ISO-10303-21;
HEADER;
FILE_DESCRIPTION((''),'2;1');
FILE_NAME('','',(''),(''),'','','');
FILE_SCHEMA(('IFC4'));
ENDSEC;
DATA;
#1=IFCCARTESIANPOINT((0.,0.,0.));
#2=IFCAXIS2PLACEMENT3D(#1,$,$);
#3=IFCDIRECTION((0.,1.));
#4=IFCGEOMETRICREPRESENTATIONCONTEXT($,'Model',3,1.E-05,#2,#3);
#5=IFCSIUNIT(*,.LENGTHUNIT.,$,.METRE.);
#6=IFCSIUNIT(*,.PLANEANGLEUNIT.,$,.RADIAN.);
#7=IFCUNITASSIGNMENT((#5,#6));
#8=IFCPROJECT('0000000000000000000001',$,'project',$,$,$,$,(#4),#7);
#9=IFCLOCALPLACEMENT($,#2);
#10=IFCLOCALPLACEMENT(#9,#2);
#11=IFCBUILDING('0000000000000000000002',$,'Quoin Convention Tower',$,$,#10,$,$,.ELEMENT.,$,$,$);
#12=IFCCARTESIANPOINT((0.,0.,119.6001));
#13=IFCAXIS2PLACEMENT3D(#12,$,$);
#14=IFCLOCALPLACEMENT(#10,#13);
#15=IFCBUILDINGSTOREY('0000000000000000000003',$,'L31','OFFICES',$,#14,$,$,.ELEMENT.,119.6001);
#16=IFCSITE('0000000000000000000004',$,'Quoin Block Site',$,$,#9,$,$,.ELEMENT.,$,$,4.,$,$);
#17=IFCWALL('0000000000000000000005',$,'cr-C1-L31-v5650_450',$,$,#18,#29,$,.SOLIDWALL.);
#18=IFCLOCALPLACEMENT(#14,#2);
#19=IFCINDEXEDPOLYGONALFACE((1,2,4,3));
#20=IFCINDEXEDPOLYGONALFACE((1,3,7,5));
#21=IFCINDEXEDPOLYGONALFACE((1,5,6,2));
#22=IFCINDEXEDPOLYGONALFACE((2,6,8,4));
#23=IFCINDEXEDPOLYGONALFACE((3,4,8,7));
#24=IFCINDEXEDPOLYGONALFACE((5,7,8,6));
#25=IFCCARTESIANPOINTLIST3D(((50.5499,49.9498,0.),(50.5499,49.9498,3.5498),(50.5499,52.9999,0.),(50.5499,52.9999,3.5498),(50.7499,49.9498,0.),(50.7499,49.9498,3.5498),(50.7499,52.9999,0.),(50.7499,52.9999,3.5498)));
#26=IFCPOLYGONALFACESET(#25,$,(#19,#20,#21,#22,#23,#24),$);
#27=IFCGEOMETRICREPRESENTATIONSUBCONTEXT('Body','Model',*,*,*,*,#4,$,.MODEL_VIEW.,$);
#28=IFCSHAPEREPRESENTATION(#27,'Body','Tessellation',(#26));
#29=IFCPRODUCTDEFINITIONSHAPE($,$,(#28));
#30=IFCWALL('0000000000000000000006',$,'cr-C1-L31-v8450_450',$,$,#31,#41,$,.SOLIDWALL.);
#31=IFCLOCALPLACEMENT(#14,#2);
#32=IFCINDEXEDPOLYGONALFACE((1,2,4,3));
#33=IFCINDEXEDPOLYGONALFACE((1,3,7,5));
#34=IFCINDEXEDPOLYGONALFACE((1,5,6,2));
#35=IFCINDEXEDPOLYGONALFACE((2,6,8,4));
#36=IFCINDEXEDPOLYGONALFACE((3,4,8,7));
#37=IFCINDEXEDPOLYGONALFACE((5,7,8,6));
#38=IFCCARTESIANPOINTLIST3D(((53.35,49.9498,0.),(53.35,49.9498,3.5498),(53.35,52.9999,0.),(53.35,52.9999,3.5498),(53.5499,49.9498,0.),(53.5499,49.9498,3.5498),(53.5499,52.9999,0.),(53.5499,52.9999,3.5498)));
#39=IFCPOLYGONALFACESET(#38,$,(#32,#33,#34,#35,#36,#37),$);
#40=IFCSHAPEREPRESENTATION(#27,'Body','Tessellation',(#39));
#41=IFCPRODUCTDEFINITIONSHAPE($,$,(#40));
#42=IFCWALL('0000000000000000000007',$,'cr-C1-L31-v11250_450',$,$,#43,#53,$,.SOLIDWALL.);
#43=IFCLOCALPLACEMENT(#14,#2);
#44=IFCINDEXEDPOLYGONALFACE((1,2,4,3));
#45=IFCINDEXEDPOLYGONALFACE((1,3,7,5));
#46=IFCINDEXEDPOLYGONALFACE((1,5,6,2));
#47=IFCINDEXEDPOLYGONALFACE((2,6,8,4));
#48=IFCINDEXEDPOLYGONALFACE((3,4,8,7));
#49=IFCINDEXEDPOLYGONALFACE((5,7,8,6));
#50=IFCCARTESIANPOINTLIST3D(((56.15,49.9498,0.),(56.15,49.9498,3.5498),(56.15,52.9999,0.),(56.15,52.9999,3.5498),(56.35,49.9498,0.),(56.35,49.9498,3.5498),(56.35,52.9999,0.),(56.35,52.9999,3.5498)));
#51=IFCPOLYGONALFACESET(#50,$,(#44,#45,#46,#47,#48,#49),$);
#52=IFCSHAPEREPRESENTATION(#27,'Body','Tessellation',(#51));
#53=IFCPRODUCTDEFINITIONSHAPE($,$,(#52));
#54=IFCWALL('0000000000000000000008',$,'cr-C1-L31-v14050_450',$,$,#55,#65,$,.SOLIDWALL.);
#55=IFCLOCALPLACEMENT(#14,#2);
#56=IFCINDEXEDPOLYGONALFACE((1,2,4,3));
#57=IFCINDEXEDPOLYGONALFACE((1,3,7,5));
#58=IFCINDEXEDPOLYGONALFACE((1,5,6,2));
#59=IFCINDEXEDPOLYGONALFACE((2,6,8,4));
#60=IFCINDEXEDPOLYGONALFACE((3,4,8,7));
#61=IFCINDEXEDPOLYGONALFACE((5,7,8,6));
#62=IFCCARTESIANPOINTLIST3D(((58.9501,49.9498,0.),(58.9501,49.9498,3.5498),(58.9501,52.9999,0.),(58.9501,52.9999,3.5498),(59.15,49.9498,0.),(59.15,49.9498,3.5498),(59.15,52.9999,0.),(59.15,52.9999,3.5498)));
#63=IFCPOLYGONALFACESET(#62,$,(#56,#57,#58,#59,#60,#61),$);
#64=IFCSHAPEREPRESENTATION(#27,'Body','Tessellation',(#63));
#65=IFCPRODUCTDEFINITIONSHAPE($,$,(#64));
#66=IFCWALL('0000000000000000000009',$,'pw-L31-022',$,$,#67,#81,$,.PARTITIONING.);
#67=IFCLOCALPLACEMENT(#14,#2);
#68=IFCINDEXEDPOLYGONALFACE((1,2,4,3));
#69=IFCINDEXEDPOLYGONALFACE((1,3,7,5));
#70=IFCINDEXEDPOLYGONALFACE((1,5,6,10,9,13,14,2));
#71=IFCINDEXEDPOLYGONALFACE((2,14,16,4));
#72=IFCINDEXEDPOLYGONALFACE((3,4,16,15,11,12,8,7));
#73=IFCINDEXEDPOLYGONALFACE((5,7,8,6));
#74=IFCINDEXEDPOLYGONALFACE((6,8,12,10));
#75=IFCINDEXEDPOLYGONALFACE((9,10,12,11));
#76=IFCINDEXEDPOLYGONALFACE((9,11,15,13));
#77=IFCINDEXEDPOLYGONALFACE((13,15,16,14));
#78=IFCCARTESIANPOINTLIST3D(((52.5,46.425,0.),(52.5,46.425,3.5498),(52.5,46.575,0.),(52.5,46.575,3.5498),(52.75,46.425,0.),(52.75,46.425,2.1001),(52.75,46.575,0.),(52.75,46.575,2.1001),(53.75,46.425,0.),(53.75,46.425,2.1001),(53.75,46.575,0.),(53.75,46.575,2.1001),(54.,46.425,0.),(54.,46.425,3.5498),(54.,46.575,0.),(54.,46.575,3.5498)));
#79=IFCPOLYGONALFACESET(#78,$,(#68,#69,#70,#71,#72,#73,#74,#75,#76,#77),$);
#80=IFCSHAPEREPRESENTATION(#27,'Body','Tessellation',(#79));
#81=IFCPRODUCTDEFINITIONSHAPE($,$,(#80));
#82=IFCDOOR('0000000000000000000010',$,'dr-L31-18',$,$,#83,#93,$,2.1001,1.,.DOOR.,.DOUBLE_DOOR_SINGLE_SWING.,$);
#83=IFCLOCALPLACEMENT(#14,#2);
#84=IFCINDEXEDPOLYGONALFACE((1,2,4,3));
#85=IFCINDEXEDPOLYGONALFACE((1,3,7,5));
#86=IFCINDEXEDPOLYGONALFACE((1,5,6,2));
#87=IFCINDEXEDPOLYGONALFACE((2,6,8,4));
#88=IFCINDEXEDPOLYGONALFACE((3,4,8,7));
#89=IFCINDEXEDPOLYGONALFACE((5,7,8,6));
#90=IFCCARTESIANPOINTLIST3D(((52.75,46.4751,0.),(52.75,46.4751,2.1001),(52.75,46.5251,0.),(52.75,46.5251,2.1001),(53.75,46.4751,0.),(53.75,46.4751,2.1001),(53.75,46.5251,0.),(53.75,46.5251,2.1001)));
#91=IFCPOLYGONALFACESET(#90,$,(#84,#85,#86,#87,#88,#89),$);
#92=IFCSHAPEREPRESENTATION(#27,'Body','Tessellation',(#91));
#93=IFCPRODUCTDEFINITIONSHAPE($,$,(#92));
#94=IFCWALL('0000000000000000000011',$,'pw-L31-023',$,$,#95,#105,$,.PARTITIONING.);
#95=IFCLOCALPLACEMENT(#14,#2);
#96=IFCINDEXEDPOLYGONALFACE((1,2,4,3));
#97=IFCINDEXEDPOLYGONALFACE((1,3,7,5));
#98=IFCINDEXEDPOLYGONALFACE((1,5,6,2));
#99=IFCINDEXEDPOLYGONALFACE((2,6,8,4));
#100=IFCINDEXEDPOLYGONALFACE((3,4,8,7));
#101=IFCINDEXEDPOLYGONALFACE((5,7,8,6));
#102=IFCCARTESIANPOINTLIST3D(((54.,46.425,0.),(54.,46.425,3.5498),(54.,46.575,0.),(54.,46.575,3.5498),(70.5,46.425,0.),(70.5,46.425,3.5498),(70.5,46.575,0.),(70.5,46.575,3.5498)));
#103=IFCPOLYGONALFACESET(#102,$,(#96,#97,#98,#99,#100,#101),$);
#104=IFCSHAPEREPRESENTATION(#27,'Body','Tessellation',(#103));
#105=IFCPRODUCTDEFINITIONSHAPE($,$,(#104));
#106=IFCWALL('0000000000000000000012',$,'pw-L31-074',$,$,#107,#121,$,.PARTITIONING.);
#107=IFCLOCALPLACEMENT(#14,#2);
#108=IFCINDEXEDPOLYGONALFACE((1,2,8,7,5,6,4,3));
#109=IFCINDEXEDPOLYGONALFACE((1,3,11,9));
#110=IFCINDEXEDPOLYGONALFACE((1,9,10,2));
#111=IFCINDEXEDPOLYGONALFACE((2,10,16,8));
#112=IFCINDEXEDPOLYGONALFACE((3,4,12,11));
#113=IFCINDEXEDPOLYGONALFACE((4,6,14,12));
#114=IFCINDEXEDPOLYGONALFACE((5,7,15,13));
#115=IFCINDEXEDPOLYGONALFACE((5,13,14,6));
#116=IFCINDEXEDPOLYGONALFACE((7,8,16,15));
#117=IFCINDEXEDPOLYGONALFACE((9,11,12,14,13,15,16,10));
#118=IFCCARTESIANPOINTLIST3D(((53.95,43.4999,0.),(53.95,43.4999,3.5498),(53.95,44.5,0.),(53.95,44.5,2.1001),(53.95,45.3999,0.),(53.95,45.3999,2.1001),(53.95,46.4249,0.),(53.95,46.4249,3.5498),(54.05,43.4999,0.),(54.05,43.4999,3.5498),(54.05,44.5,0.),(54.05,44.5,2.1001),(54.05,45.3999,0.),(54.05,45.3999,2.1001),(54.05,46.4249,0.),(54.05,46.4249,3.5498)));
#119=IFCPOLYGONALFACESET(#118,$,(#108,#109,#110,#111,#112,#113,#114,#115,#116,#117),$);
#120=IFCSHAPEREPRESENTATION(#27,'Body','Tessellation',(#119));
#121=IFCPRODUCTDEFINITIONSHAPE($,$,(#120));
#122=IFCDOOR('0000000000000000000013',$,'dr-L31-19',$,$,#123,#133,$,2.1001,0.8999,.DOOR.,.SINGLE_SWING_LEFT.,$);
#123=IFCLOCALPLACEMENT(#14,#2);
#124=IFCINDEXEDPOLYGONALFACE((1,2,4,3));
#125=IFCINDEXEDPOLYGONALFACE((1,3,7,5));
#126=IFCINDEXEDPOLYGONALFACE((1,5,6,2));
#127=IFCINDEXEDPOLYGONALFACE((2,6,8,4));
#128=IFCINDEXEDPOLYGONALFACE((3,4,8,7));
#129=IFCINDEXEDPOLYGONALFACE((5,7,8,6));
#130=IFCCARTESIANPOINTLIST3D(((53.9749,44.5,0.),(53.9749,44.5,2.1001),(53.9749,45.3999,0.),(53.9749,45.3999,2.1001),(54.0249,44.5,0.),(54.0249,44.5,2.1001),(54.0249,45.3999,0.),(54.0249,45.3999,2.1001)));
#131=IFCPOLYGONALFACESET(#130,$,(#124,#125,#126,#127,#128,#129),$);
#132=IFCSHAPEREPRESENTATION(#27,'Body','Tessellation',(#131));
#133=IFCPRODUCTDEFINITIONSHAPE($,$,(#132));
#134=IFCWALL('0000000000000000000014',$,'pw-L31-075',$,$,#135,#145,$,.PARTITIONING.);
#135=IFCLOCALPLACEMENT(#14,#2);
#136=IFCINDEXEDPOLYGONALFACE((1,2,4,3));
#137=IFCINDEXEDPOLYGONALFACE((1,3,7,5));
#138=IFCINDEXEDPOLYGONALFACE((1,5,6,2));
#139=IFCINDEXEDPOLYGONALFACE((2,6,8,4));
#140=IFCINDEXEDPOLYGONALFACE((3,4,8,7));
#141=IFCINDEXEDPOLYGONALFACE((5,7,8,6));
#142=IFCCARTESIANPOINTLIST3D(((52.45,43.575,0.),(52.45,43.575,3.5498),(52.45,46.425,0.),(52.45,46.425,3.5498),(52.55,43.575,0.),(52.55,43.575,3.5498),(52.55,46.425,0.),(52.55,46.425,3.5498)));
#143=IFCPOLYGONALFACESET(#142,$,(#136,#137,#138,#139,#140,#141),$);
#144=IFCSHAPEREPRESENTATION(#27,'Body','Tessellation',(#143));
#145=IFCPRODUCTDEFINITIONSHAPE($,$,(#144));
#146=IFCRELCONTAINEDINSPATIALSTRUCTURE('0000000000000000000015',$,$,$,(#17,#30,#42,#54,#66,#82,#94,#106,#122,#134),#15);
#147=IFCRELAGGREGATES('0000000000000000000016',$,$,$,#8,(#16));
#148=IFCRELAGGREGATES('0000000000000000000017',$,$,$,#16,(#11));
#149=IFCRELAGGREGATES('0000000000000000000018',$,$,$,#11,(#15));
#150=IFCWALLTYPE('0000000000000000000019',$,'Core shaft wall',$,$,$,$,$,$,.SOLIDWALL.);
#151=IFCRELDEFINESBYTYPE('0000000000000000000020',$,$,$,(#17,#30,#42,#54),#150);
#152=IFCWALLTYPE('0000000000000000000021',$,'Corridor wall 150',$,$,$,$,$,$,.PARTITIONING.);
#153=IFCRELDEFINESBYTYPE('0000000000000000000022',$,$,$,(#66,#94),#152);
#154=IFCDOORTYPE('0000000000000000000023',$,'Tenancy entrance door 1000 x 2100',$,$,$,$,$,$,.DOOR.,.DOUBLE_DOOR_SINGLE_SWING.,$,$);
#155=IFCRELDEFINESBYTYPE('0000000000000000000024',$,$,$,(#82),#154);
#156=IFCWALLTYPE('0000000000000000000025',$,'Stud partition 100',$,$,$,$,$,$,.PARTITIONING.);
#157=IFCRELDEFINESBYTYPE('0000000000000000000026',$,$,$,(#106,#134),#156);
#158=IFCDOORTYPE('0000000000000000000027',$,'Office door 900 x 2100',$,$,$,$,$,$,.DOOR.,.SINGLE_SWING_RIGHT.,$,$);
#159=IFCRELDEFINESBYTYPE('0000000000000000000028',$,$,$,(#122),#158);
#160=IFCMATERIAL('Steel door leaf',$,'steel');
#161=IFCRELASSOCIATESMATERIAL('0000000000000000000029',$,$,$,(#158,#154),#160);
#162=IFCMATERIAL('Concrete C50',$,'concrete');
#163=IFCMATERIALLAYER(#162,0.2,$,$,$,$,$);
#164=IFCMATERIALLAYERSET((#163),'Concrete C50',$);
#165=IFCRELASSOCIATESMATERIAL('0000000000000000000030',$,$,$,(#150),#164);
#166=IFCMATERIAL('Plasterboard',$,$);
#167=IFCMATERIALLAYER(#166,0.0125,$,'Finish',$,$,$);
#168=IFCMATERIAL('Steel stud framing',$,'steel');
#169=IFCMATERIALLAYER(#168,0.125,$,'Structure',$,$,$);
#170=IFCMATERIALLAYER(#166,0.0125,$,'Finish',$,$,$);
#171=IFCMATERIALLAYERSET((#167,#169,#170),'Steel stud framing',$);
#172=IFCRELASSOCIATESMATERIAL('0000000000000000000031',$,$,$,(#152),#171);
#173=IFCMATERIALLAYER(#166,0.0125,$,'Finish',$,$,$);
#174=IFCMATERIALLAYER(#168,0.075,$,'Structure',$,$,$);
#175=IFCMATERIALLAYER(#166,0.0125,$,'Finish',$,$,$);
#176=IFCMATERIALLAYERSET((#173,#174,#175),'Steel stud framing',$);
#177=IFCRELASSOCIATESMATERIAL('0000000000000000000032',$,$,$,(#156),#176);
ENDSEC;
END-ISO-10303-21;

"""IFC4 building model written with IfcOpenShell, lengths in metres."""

from ifc_helpers import new_model, si_unit, direction, frame, frame_2d, origin, place, context, subcontext, project, spatial, rectangle, extrude, material, layer, layer_set, type_object, element, fill, save


model = new_model("IFC4")

# Units and contexts
model_context = context("Model", 3, precision=1e-05, world=origin(), true_north=direction((0.0, 1.0)))
body_context = subcontext(model_context, "Body", "Model", "MODEL_VIEW")
ifc_project = project(units=[si_unit("LENGTHUNIT", "METRE"), si_unit("PLANEANGLEUNIT", "RADIAN")], contexts=[model_context])

# Site, building, storey
site_placement = place(None, origin())
site = spatial("IfcSite", under=ifc_project, at=site_placement, Name="Quoin Block Site", CompositionType="ELEMENT", RefElevation=4.0)
building_placement = place(site_placement, origin())
building = spatial("IfcBuilding", under=site, at=building_placement, Name="Quoin Convention Tower", CompositionType="ELEMENT")
storey_placement = place(building_placement, frame((0.0, 0.0, 119.6001)))
storey = spatial("IfcBuildingStorey", under=building, at=storey_placement, Name="L31", Description="OFFICES", CompositionType="ELEMENT", Elevation=119.6001)

# Shared definitions
ifc_material_1 = material(Name="Plasterboard")
ifc_material_2 = material(Name="Steel stud framing", Category="steel")

# Shared definitions
ifc_material_3 = material(Name="Steel door leaf", Category="steel")
door_type_1 = type_object("IfcDoorType", Name="Office door 900 x 2100", OperationType="SINGLE_SWING_RIGHT", PredefinedType="DOOR", material=ifc_material_3)

# Walls
ifc_material_4 = material(Name="Concrete C50", Category="concrete")
ifc_layer_1 = layer(ifc_material_4, 0.2)
ifc_layer_set_1 = layer_set([ifc_layer_1], Name="Concrete C50")
wall_type_1 = type_object("IfcWallType", Name="Core shaft wall", PredefinedType="SOLIDWALL", material=ifc_layer_set_1)
for number, where, z_axis, x_axis, name in (
    (1, (50.6499, 49.95, 0.0), (0.0, 0.0, 1.0), (0.0, 1.0, 0.0), "cr-C1-L31-v5650_450"),
    (2, (53.45, 49.95, 0.0), (0.0, 0.0, 1.0), (0.0, 1.0, 0.0), "cr-C1-L31-v8450_450"),
    (3, (56.25, 49.95, 0.0), (0.0, 0.0, 1.0), (0.0, 1.0, 0.0), "cr-C1-L31-v11250_450"),
    (4, (59.05, 49.95, 0.0), (0.0, 0.0, 1.0), (0.0, 1.0, 0.0), "cr-C1-L31-v14050_450"),
):
    element("IfcWall", number, at=place(storey_placement, frame(where, z_axis=z_axis, x_axis=x_axis)), inside=storey, type_object=wall_type_1, Name=name, PredefinedType="SOLIDWALL", context=body_context, shape_type="SweptSolid", body=[
        extrude(rectangle(XDim=3.05, YDim=0.2, at=frame_2d((1.5249, 0.0))), origin(), (0.0, 0.0, 1.0), 3.5498),
    ])

# Wall, opening, door
ifc_layer_2 = layer(ifc_material_1, 0.0125, Name="Finish")
ifc_layer_3 = layer(ifc_material_2, 0.125, Name="Structure")
ifc_layer_4 = layer(ifc_material_1, 0.0125, Name="Finish")
ifc_layer_set_2 = layer_set([ifc_layer_2, ifc_layer_3, ifc_layer_4], Name="Steel stud framing")
wall_type_2 = type_object("IfcWallType", Name="Corridor wall 150", PredefinedType="PARTITIONING", material=ifc_layer_set_2)
wall_1_placement = place(storey_placement, frame((52.5, 46.5, 0.0), z_axis=(0.0, 0.0, 1.0), x_axis=(1.0, 0.0, 0.0)))
wall_1 = element("IfcWall", 5, at=wall_1_placement, inside=storey, type_object=wall_type_2, Name="pw-L31-022", PredefinedType="PARTITIONING", context=body_context, shape_type="SweptSolid", body=[
    extrude(rectangle(XDim=1.5, YDim=0.1499, at=frame_2d((0.75, 0.0))), origin(), (0.0, 0.0, 1.0), 3.5498),
])
opening_1_placement = place(wall_1_placement, frame((0.25, 0.0, 0.0)))
opening_1 = element("IfcOpeningElement", 6, at=opening_1_placement, cuts=wall_1, PredefinedType="OPENING", context=body_context, shape_type="SweptSolid", body=[
    extrude(rectangle(XDim=1.0, YDim=2.1001, at=frame_2d((0.5, 1.05))), frame((0.0, 0.085, 0.0), z_axis=(0.0, -1.0, 0.0), x_axis=(1.0, 0.0, 0.0)), (0.0, 0.0, 1.0), 0.1699),
])
door_type_2 = type_object("IfcDoorType", Name="Tenancy entrance door 1000 x 2100", OperationType="DOUBLE_DOOR_SINGLE_SWING", PredefinedType="DOOR", material=ifc_material_3)
door_1_placement = place(opening_1_placement, frame((1.0, 0.0, 0.0), z_axis=(0.0, 0.0, 1.0), x_axis=(-1.0, 0.0, 0.0)))
door_1 = element("IfcDoor", 7, at=door_1_placement, inside=storey, type_object=door_type_2, Name="dr-L31-18", OperationType="DOUBLE_DOOR_SINGLE_SWING", OverallHeight=2.1001, OverallWidth=1.0, PredefinedType="DOOR", context=body_context, shape_type="SweptSolid", body=[
    extrude(rectangle(XDim=1.0, YDim=2.1001, at=frame_2d((0.5, 1.05))), frame((0.0, 0.0249, 0.0), z_axis=(0.0, -1.0, 0.0), x_axis=(1.0, 0.0, 0.0)), (0.0, 0.0, 1.0), 0.05),
])
fill(opening_1, door_1)

# Wall
wall_2_placement = place(storey_placement, frame((54.0, 46.5, 0.0), z_axis=(0.0, 0.0, 1.0), x_axis=(1.0, 0.0, 0.0)))
element("IfcWall", 8, at=wall_2_placement, inside=storey, type_object=wall_type_2, Name="pw-L31-023", PredefinedType="PARTITIONING", context=body_context, shape_type="SweptSolid", body=[
    extrude(rectangle(XDim=16.5, YDim=0.1499, at=frame_2d((8.25, 0.0))), origin(), (0.0, 0.0, 1.0), 3.5498),
])

# Wall, opening, door
ifc_layer_5 = layer(ifc_material_1, 0.0125, Name="Finish")
ifc_layer_6 = layer(ifc_material_2, 0.075, Name="Structure")
ifc_layer_7 = layer(ifc_material_1, 0.0125, Name="Finish")
ifc_layer_set_3 = layer_set([ifc_layer_5, ifc_layer_6, ifc_layer_7], Name="Steel stud framing")
wall_type_3 = type_object("IfcWallType", Name="Stud partition 100", PredefinedType="PARTITIONING", material=ifc_layer_set_3)
wall_3_placement = place(storey_placement, frame((54.0, 43.5, 0.0), z_axis=(0.0, 0.0, 1.0), x_axis=(0.0, 1.0, 0.0)))
wall_3 = element("IfcWall", 9, at=wall_3_placement, inside=storey, type_object=wall_type_3, Name="pw-L31-074", PredefinedType="PARTITIONING", context=body_context, shape_type="SweptSolid", body=[
    extrude(rectangle(XDim=2.925, YDim=0.1001, at=frame_2d((1.4624, 0.0))), origin(), (0.0, 0.0, 1.0), 3.5498),
])
opening_2_placement = place(wall_3_placement, frame((1.0, 0.0, 0.0)))
opening_2 = element("IfcOpeningElement", 10, at=opening_2_placement, cuts=wall_3, PredefinedType="OPENING", context=body_context, shape_type="SweptSolid", body=[
    extrude(rectangle(XDim=0.8999, YDim=2.1001, at=frame_2d((0.45, 1.05))), frame((0.0, 0.0601, 0.0), z_axis=(0.0, -1.0, 0.0), x_axis=(1.0, 0.0, 0.0)), (0.0, 0.0, 1.0), 0.1201),
])
door_2_placement = place(opening_2_placement, frame((0.8999, 0.0, 0.0), z_axis=(0.0, 0.0, 1.0), x_axis=(-1.0, 0.0, 0.0)))
door_2 = element("IfcDoor", 11, at=door_2_placement, inside=storey, type_object=door_type_1, Name="dr-L31-19", OperationType="SINGLE_SWING_LEFT", OverallHeight=2.1001, OverallWidth=0.8999, PredefinedType="DOOR", context=body_context, shape_type="SweptSolid", body=[
    extrude(rectangle(XDim=0.8999, YDim=2.1001, at=frame_2d((0.45, 1.05))), frame((0.0, 0.0249, 0.0), z_axis=(0.0, -1.0, 0.0), x_axis=(1.0, 0.0, 0.0)), (0.0, 0.0, 1.0), 0.05),
])
fill(opening_2, door_2)

# Wall
wall_4_placement = place(storey_placement, frame((52.5, 43.575, 0.0), z_axis=(0.0, 0.0, 1.0), x_axis=(0.0, 1.0, 0.0)))
element("IfcWall", 12, at=wall_4_placement, inside=storey, type_object=wall_type_3, Name="pw-L31-075", PredefinedType="PARTITIONING", context=body_context, shape_type="SweptSolid", body=[
    extrude(rectangle(XDim=2.8501, YDim=0.1001, at=frame_2d((1.425, 0.0))), origin(), (0.0, 0.0, 1.0), 3.5498),
])

save(model, "model.ifc")
